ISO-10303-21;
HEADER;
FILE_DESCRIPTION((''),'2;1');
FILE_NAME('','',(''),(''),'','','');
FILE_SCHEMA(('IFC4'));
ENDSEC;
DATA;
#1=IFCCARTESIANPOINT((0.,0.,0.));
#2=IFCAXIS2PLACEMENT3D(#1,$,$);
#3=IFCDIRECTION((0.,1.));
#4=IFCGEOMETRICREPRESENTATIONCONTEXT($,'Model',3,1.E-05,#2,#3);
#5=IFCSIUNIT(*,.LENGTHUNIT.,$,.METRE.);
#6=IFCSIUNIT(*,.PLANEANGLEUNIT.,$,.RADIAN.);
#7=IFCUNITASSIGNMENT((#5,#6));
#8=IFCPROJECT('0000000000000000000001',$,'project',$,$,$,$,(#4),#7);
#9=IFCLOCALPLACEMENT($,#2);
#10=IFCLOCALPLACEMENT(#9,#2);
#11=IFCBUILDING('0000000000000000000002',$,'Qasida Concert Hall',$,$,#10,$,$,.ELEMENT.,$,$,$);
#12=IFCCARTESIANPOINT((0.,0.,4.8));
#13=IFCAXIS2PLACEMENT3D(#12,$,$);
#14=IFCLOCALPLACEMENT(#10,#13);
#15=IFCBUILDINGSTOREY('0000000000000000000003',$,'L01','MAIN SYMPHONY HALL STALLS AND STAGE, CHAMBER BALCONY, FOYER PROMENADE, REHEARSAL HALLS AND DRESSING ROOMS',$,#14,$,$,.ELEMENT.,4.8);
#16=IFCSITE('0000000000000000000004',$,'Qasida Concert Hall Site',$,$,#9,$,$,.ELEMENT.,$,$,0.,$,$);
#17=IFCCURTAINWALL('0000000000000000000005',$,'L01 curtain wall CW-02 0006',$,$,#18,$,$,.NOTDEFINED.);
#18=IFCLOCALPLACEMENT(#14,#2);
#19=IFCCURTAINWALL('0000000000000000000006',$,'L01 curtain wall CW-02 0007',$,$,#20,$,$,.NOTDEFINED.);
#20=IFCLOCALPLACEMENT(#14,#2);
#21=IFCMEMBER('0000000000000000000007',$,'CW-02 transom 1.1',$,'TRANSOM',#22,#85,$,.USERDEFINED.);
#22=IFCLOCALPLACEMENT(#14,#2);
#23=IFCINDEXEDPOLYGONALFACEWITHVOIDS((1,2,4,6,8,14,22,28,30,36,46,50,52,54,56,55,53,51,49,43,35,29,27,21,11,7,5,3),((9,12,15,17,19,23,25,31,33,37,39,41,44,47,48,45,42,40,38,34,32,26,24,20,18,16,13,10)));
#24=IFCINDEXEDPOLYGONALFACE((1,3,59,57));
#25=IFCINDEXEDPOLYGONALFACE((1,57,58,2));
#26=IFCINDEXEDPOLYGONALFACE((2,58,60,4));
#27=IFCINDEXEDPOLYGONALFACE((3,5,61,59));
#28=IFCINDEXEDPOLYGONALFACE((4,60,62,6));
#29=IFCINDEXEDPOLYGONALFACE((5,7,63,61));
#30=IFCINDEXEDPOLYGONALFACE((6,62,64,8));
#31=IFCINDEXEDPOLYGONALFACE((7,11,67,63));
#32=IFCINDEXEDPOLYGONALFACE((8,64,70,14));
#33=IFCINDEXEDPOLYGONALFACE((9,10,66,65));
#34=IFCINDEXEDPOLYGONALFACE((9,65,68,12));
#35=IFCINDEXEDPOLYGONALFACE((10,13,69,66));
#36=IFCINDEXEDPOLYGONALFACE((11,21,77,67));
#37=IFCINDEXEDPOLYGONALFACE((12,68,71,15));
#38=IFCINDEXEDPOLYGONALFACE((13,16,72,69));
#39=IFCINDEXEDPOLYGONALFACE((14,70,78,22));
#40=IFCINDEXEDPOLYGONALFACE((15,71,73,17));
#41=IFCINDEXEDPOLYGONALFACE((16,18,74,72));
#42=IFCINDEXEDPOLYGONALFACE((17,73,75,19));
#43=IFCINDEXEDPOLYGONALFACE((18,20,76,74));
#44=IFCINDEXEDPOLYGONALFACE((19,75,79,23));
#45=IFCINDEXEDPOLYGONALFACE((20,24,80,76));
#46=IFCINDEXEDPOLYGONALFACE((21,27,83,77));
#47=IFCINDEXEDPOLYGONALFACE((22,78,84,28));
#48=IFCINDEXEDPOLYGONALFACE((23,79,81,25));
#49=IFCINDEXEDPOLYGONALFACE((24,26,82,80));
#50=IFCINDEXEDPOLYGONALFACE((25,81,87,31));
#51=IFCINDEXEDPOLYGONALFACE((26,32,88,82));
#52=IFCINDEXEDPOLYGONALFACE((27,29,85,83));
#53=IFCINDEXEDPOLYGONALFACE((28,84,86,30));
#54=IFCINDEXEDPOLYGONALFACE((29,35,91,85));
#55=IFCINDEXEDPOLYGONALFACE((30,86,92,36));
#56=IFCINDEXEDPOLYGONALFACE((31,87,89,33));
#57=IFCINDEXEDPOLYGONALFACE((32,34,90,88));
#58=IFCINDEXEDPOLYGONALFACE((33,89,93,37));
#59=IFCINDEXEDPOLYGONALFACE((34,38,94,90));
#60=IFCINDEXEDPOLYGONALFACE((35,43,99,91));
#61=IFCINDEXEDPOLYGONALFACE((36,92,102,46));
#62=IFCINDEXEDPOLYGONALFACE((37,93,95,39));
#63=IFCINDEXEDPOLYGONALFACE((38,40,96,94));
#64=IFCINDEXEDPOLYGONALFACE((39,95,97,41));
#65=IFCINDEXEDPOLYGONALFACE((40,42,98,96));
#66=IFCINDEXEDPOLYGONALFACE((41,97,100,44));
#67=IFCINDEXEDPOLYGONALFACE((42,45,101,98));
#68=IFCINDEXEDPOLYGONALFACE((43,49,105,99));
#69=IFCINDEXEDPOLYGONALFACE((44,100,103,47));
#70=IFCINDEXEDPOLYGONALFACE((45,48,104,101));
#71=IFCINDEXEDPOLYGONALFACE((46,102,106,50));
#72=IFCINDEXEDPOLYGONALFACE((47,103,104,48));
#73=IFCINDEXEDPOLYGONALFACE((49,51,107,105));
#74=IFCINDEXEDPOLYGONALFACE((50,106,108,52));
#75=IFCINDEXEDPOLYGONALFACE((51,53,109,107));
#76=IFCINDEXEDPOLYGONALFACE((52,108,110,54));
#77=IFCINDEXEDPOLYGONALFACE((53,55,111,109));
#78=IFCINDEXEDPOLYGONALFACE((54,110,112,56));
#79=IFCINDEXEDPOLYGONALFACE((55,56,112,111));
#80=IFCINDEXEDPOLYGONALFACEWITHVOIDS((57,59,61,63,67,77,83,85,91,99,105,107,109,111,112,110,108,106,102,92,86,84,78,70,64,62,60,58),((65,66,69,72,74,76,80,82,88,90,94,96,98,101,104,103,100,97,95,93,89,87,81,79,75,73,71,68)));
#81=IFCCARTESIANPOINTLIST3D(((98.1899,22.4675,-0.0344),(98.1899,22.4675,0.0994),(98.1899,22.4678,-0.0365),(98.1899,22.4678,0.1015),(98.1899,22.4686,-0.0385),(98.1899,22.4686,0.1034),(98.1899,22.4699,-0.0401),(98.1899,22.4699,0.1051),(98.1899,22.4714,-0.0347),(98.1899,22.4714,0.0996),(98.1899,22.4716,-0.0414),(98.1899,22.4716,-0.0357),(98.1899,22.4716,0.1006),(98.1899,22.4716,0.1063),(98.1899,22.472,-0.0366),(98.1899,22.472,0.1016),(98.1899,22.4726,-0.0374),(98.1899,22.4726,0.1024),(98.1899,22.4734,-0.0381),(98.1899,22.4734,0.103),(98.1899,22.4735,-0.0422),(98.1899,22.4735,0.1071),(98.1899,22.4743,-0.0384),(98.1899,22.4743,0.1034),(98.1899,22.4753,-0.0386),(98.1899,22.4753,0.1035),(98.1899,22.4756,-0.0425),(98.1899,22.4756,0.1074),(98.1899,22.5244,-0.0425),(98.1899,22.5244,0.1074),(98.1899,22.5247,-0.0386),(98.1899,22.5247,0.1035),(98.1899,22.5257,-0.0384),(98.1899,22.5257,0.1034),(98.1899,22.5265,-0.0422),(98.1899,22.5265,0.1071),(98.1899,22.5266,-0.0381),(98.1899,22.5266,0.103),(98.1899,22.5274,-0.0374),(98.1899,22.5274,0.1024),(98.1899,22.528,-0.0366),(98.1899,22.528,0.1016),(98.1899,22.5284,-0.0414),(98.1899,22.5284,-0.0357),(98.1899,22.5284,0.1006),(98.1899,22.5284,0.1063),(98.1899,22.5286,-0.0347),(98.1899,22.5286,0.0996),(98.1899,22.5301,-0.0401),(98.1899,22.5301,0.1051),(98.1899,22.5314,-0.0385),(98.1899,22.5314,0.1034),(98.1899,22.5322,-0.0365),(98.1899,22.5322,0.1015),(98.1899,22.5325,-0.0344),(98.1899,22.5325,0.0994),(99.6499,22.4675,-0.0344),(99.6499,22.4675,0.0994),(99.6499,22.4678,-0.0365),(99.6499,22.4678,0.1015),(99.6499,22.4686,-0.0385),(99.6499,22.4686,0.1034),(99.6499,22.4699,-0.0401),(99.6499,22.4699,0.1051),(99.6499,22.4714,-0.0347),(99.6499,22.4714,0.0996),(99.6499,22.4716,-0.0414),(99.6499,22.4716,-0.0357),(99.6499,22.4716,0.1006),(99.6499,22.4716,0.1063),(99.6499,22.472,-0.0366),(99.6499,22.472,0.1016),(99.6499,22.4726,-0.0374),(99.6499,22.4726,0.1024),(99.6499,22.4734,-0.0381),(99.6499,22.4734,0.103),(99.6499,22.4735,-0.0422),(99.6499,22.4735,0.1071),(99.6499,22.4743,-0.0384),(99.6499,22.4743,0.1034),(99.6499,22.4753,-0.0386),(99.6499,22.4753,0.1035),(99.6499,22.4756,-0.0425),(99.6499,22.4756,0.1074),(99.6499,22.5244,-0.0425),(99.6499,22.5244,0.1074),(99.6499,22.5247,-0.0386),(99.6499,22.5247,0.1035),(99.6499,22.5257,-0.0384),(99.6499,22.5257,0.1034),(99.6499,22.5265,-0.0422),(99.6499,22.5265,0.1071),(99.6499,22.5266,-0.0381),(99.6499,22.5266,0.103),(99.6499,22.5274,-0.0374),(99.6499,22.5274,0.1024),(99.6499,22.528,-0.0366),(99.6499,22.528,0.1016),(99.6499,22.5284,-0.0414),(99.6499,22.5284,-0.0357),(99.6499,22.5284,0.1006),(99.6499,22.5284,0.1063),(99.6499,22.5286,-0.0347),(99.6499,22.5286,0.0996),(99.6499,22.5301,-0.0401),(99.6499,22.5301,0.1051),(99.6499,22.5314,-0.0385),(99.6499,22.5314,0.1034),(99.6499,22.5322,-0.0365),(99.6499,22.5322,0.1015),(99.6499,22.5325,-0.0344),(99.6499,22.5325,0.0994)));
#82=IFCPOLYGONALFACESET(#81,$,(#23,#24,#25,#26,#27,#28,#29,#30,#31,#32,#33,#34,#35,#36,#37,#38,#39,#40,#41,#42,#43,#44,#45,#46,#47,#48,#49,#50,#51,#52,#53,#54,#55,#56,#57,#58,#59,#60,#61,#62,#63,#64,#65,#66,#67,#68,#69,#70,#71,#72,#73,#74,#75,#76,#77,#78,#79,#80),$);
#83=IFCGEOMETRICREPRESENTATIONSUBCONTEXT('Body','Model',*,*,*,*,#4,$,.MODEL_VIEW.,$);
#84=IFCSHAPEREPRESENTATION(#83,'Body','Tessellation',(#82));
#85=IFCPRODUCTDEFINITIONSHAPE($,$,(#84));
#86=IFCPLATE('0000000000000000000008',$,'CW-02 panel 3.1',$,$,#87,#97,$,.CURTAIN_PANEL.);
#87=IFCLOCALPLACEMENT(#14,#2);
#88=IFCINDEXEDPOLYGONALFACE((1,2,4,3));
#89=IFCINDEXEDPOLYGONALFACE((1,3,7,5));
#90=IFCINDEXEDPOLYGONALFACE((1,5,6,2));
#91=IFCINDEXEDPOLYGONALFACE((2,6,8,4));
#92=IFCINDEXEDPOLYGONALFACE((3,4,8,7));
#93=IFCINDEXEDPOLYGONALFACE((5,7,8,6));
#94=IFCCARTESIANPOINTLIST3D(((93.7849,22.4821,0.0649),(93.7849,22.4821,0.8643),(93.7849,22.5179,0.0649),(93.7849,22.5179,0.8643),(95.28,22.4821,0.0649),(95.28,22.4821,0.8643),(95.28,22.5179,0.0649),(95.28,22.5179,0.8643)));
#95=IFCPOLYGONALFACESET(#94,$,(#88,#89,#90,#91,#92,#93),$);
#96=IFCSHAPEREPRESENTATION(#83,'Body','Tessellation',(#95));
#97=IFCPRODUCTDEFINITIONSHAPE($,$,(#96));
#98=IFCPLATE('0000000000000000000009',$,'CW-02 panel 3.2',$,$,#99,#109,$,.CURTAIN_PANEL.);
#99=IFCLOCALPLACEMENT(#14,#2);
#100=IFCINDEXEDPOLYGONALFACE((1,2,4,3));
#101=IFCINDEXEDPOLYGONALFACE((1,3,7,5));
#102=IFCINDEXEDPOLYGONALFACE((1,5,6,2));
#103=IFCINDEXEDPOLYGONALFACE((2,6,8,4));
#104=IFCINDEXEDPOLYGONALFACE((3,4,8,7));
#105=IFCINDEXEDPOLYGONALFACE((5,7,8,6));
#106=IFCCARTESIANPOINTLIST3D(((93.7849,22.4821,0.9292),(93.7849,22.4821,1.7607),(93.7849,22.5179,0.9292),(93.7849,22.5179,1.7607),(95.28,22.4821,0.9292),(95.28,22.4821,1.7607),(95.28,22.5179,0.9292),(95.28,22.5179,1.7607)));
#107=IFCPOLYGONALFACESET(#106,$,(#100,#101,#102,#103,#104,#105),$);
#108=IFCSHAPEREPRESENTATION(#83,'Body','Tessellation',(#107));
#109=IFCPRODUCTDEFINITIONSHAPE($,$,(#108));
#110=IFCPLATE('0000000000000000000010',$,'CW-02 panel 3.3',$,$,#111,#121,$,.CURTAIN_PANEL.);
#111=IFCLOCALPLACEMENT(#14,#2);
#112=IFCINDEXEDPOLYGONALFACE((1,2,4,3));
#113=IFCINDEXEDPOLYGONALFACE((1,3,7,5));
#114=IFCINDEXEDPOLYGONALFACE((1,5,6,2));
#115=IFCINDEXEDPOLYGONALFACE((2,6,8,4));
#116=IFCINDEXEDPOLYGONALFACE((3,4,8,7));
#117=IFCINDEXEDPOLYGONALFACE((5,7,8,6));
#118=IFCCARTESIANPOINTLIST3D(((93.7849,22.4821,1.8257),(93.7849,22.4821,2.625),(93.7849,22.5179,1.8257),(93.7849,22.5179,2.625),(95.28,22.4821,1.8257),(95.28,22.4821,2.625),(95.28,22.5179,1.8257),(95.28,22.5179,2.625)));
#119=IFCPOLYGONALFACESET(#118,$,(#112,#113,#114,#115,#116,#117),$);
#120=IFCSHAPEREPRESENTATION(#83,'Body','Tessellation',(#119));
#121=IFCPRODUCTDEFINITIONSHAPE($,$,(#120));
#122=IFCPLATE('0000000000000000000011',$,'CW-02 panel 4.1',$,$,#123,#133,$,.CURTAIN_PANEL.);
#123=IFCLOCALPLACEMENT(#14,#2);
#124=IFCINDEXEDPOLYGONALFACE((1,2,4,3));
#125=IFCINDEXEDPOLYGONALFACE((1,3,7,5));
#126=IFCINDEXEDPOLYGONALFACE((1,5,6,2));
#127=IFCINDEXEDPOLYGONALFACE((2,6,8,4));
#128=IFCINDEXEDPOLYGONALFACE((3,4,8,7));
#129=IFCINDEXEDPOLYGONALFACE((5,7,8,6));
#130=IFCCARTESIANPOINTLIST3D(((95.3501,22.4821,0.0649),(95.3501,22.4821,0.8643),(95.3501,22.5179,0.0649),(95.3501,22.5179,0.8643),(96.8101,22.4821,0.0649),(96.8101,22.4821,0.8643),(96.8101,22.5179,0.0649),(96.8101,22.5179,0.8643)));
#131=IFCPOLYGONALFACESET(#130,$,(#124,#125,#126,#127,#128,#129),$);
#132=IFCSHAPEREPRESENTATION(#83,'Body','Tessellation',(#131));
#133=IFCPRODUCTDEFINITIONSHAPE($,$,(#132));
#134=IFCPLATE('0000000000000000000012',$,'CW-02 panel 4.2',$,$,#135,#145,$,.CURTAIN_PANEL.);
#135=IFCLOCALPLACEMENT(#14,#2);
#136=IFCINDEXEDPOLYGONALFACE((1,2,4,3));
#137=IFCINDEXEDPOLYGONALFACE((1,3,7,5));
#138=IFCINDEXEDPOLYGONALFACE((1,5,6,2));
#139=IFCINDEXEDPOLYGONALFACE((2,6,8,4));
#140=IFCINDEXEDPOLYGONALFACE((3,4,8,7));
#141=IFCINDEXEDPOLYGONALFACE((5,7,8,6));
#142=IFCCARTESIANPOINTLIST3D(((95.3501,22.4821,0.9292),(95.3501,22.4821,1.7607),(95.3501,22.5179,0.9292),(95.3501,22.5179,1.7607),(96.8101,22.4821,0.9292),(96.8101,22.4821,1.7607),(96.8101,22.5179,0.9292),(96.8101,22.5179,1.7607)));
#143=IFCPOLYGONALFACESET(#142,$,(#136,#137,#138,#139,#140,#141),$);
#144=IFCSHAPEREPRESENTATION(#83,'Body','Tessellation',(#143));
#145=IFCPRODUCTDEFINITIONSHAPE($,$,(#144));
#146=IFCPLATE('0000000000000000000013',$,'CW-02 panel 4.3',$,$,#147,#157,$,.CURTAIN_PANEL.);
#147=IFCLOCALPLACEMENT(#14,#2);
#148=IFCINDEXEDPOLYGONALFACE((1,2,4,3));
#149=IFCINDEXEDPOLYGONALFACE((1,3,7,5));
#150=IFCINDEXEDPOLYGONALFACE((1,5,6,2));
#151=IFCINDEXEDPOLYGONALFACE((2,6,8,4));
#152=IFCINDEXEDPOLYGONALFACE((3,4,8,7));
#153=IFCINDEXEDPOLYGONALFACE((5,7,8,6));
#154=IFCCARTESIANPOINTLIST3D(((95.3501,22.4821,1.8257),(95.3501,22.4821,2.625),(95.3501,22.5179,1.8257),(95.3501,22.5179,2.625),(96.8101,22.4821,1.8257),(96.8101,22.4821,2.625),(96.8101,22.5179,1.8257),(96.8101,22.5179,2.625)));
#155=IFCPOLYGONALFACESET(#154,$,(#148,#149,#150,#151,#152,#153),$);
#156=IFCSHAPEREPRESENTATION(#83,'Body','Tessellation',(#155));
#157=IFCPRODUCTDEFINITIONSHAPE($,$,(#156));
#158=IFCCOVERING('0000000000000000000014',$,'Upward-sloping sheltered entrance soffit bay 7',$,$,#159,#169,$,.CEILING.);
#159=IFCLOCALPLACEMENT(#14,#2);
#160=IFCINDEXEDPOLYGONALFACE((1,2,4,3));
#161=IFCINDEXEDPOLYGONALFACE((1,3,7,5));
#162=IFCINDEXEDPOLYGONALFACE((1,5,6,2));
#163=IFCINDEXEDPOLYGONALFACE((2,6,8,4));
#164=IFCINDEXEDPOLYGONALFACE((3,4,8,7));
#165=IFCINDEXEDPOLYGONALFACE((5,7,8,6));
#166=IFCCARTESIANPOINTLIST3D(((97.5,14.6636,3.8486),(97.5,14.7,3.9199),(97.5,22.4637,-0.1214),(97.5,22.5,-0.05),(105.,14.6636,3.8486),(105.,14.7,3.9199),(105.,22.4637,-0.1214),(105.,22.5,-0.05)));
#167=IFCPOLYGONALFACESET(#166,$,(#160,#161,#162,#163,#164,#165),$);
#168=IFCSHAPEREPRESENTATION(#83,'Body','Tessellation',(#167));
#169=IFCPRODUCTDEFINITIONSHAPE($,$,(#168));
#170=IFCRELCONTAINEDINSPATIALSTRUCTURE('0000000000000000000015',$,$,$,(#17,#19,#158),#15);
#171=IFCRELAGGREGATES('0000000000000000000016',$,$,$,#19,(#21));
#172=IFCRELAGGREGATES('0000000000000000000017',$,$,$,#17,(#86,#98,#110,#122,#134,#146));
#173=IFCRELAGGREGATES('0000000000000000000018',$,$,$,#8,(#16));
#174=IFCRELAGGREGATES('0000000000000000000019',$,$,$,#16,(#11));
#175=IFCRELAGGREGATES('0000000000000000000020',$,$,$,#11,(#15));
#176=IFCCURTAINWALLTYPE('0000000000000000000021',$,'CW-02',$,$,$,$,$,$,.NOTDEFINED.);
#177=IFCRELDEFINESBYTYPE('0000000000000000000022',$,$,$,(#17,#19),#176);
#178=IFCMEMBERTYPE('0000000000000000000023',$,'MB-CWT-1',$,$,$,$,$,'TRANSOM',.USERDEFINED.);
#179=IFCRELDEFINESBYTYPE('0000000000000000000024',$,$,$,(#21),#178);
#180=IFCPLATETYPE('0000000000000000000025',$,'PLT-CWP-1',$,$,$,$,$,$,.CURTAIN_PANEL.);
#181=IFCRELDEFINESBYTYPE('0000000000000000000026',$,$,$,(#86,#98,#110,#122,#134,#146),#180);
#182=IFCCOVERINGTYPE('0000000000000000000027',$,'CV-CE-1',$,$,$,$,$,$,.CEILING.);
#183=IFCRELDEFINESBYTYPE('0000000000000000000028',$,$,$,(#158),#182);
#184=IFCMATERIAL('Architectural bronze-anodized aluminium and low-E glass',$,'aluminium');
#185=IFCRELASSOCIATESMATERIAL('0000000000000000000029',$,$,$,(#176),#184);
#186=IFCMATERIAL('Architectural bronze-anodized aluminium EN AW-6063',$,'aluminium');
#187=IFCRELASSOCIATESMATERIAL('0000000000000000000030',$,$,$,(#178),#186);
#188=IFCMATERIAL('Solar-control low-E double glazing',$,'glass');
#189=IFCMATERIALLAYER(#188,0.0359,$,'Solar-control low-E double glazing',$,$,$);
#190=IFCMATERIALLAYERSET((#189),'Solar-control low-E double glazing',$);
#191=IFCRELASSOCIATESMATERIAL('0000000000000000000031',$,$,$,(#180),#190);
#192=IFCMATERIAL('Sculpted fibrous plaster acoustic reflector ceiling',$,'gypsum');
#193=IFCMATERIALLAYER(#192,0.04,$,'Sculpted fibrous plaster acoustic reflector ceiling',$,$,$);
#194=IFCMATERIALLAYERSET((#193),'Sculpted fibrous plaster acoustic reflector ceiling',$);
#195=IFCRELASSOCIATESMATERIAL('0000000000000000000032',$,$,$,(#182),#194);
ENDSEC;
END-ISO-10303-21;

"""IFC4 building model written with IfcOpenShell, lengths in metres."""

from ifc_helpers import new_model, si_unit, direction, frame, origin, origin_2d, place, context, subcontext, project, spatial, polyline, rectangle, hollow_rectangle, outline, extrude, material, layer, layer_set, material_profile, profile_set, type_object, element, aggregate, save


model = new_model("IFC4")

# Units and contexts
model_context = context("Model", 3, precision=1e-05, world=origin(), true_north=direction((0.0, 1.0)))
body_context = subcontext(model_context, "Body", "Model", "MODEL_VIEW")
ifc_project = project(units=[si_unit("LENGTHUNIT", "METRE"), si_unit("PLANEANGLEUNIT", "RADIAN")], contexts=[model_context])

# Site, building, storey
site_placement = place(None, origin())
site = spatial("IfcSite", under=ifc_project, at=site_placement, Name="Qasida Concert Hall Site", CompositionType="ELEMENT", RefElevation=0.0)
building_placement = place(site_placement, origin())
building = spatial("IfcBuilding", under=site, at=building_placement, Name="Qasida Concert Hall", CompositionType="ELEMENT")
storey_placement = place(building_placement, frame((0.0, 0.0, 4.8)))
storey = spatial("IfcBuildingStorey", under=building, at=storey_placement, Name="L01", Description="MAIN SYMPHONY HALL STALLS AND STAGE, CHAMBER BALCONY, FOYER PROMENADE, REHEARSAL HALLS AND DRESSING ROOMS", CompositionType="ELEMENT", Elevation=4.8)

# Curtain wall
ifc_material_1 = material(Name="Architectural bronze-anodized aluminium and low-E glass", Category="aluminium")
curtain_wall_type = type_object("IfcCurtainWallType", Name="CW-02", PredefinedType="NOTDEFINED", material=ifc_material_1)
curtain_wall_1_placement = place(storey_placement, origin())
curtain_wall_1 = element("IfcCurtainWall", 1, at=curtain_wall_1_placement, inside=storey, type_object=curtain_wall_type, Name="L01 curtain wall CW-02 0006", PredefinedType="NOTDEFINED")
ifc_material_2 = material(Name="Architectural bronze-anodized aluminium EN AW-6063", Category="aluminium")

# Curtain wall
curtain_wall_2_placement = place(storey_placement, origin())
curtain_wall_2 = element("IfcCurtainWall", 2, at=curtain_wall_2_placement, inside=storey, type_object=curtain_wall_type, Name="L01 curtain wall CW-02 0007", PredefinedType="NOTDEFINED")

# Member
ifc_material_profile_1 = material_profile(ifc_material_2, hollow_rectangle(XDim=0.0649, YDim=0.1499, WallThickness=0.0039, InnerFilletRadius=0.0039, OuterFilletRadius=0.0081, at=origin_2d()), Name="CWT 150x65x4")
ifc_profile_set_1 = profile_set([ifc_material_profile_1], Name="Architectural bronze-anodized aluminium EN AW-6063")
member_type_1 = type_object("IfcMemberType", Name="MB-CWT-1", ElementType="TRANSOM", PredefinedType="USERDEFINED", material=ifc_profile_set_1)
member_1_placement = place(storey_placement, frame((98.1899, 22.5, 0.0325), z_axis=(1.0, 0.0, 0.0), x_axis=(0.0, 1.0, 0.0)))
member_1 = element("IfcMember", 3, at=member_1_placement, type_object=member_type_1, Name="CW-02 transom 1.1", ObjectType="TRANSOM", PredefinedType="USERDEFINED", context=body_context, shape_type="SweptSolid", body=[
    extrude(hollow_rectangle(XDim=0.0649, YDim=0.1499, WallThickness=0.0039, InnerFilletRadius=0.0039, OuterFilletRadius=0.0081, at=origin_2d()), origin(), (0.0, 0.0, 1.0), 1.46),
])
aggregate(curtain_wall_2, [member_1])

# Plates
ifc_material_3 = material(Name="Solar-control low-E double glazing", Category="glass")
ifc_layer_1 = layer(ifc_material_3, 0.0359, Name="Solar-control low-E double glazing")
ifc_layer_set_1 = layer_set([ifc_layer_1], Name="Solar-control low-E double glazing")
plate_type = type_object("IfcPlateType", Name="PLT-CWP-1", PredefinedType="CURTAIN_PANEL", material=ifc_layer_set_1)
plate_1_placement = place(storey_placement, frame((94.5325, 22.5, 0.0649), z_axis=(0.0, 0.0, 1.0), x_axis=(1.0, 0.0, 0.0)))
plate_1 = element("IfcPlate", 4, at=plate_1_placement, type_object=plate_type, Name="CW-02 panel 3.1", PredefinedType="CURTAIN_PANEL", context=body_context, shape_type="SweptSolid", body=[
    extrude(rectangle(XDim=1.4951, YDim=0.0359, at=origin_2d()), origin(), (0.0, 0.0, 1.0), 0.7993),
])
plate_2_placement = place(storey_placement, frame((94.5325, 22.5, 0.9292), z_axis=(0.0, 0.0, 1.0), x_axis=(1.0, 0.0, 0.0)))
plate_2 = element("IfcPlate", 5, at=plate_2_placement, type_object=plate_type, Name="CW-02 panel 3.2", PredefinedType="CURTAIN_PANEL", context=body_context, shape_type="SweptSolid", body=[
    extrude(rectangle(XDim=1.4951, YDim=0.0359, at=origin_2d()), origin(), (0.0, 0.0, 1.0), 0.8315),
])
plate_3_placement = place(storey_placement, frame((94.5325, 22.5, 1.8257), z_axis=(0.0, 0.0, 1.0), x_axis=(1.0, 0.0, 0.0)))
plate_3 = element("IfcPlate", 6, at=plate_3_placement, type_object=plate_type, Name="CW-02 panel 3.3", PredefinedType="CURTAIN_PANEL", context=body_context, shape_type="SweptSolid", body=[
    extrude(rectangle(XDim=1.4951, YDim=0.0359, at=origin_2d()), origin(), (0.0, 0.0, 1.0), 0.7993),
])
plate_4_placement = place(storey_placement, frame((96.0801, 22.5, 0.0649), z_axis=(0.0, 0.0, 1.0), x_axis=(1.0, 0.0, 0.0)))
plate_4 = element("IfcPlate", 7, at=plate_4_placement, type_object=plate_type, Name="CW-02 panel 4.1", PredefinedType="CURTAIN_PANEL", context=body_context, shape_type="SweptSolid", body=[
    extrude(rectangle(XDim=1.46, YDim=0.0359, at=origin_2d()), origin(), (0.0, 0.0, 1.0), 0.7993),
])
plate_5_placement = place(storey_placement, frame((96.0801, 22.5, 0.9292), z_axis=(0.0, 0.0, 1.0), x_axis=(1.0, 0.0, 0.0)))
plate_5 = element("IfcPlate", 8, at=plate_5_placement, type_object=plate_type, Name="CW-02 panel 4.2", PredefinedType="CURTAIN_PANEL", context=body_context, shape_type="SweptSolid", body=[
    extrude(rectangle(XDim=1.46, YDim=0.0359, at=origin_2d()), origin(), (0.0, 0.0, 1.0), 0.8315),
])
plate_6_placement = place(storey_placement, frame((96.0801, 22.5, 1.8257), z_axis=(0.0, 0.0, 1.0), x_axis=(1.0, 0.0, 0.0)))
plate_6 = element("IfcPlate", 9, at=plate_6_placement, type_object=plate_type, Name="CW-02 panel 4.3", PredefinedType="CURTAIN_PANEL", context=body_context, shape_type="SweptSolid", body=[
    extrude(rectangle(XDim=1.46, YDim=0.0359, at=origin_2d()), origin(), (0.0, 0.0, 1.0), 0.7993),
])
aggregate(curtain_wall_1, [plate_1, plate_2, plate_3, plate_4, plate_5, plate_6])

# Covering
ifc_material_4 = material(Name="Sculpted fibrous plaster acoustic reflector ceiling", Category="gypsum")
ifc_layer_2 = layer(ifc_material_4, 0.04, Name="Sculpted fibrous plaster acoustic reflector ceiling")
ifc_layer_set_2 = layer_set([ifc_layer_2], Name="Sculpted fibrous plaster acoustic reflector ceiling")
covering_type = type_object("IfcCoveringType", Name="CV-CE-1", PredefinedType="CEILING", material=ifc_layer_set_2)
covering_placement = place(storey_placement, frame((97.5, 22.5, -0.05), z_axis=(0.0, 0.453596, 0.891208), x_axis=(1.0, 0.0, 0.0)))
element("IfcCovering", 10, at=covering_placement, inside=storey, type_object=covering_type, Name="Upward-sloping sheltered entrance soffit bay 7", PredefinedType="CEILING", context=body_context, shape_type="SweptSolid", body=[
    extrude(outline(polyline([(0.0, 0.0), (7.5, 0.0), (7.5, -8.7522), (0.0, -8.7522), (0.0, 0.0)])), origin(), (0.0, 0.0, -1.0), 0.0801),
])

save(model, "model.ifc")
